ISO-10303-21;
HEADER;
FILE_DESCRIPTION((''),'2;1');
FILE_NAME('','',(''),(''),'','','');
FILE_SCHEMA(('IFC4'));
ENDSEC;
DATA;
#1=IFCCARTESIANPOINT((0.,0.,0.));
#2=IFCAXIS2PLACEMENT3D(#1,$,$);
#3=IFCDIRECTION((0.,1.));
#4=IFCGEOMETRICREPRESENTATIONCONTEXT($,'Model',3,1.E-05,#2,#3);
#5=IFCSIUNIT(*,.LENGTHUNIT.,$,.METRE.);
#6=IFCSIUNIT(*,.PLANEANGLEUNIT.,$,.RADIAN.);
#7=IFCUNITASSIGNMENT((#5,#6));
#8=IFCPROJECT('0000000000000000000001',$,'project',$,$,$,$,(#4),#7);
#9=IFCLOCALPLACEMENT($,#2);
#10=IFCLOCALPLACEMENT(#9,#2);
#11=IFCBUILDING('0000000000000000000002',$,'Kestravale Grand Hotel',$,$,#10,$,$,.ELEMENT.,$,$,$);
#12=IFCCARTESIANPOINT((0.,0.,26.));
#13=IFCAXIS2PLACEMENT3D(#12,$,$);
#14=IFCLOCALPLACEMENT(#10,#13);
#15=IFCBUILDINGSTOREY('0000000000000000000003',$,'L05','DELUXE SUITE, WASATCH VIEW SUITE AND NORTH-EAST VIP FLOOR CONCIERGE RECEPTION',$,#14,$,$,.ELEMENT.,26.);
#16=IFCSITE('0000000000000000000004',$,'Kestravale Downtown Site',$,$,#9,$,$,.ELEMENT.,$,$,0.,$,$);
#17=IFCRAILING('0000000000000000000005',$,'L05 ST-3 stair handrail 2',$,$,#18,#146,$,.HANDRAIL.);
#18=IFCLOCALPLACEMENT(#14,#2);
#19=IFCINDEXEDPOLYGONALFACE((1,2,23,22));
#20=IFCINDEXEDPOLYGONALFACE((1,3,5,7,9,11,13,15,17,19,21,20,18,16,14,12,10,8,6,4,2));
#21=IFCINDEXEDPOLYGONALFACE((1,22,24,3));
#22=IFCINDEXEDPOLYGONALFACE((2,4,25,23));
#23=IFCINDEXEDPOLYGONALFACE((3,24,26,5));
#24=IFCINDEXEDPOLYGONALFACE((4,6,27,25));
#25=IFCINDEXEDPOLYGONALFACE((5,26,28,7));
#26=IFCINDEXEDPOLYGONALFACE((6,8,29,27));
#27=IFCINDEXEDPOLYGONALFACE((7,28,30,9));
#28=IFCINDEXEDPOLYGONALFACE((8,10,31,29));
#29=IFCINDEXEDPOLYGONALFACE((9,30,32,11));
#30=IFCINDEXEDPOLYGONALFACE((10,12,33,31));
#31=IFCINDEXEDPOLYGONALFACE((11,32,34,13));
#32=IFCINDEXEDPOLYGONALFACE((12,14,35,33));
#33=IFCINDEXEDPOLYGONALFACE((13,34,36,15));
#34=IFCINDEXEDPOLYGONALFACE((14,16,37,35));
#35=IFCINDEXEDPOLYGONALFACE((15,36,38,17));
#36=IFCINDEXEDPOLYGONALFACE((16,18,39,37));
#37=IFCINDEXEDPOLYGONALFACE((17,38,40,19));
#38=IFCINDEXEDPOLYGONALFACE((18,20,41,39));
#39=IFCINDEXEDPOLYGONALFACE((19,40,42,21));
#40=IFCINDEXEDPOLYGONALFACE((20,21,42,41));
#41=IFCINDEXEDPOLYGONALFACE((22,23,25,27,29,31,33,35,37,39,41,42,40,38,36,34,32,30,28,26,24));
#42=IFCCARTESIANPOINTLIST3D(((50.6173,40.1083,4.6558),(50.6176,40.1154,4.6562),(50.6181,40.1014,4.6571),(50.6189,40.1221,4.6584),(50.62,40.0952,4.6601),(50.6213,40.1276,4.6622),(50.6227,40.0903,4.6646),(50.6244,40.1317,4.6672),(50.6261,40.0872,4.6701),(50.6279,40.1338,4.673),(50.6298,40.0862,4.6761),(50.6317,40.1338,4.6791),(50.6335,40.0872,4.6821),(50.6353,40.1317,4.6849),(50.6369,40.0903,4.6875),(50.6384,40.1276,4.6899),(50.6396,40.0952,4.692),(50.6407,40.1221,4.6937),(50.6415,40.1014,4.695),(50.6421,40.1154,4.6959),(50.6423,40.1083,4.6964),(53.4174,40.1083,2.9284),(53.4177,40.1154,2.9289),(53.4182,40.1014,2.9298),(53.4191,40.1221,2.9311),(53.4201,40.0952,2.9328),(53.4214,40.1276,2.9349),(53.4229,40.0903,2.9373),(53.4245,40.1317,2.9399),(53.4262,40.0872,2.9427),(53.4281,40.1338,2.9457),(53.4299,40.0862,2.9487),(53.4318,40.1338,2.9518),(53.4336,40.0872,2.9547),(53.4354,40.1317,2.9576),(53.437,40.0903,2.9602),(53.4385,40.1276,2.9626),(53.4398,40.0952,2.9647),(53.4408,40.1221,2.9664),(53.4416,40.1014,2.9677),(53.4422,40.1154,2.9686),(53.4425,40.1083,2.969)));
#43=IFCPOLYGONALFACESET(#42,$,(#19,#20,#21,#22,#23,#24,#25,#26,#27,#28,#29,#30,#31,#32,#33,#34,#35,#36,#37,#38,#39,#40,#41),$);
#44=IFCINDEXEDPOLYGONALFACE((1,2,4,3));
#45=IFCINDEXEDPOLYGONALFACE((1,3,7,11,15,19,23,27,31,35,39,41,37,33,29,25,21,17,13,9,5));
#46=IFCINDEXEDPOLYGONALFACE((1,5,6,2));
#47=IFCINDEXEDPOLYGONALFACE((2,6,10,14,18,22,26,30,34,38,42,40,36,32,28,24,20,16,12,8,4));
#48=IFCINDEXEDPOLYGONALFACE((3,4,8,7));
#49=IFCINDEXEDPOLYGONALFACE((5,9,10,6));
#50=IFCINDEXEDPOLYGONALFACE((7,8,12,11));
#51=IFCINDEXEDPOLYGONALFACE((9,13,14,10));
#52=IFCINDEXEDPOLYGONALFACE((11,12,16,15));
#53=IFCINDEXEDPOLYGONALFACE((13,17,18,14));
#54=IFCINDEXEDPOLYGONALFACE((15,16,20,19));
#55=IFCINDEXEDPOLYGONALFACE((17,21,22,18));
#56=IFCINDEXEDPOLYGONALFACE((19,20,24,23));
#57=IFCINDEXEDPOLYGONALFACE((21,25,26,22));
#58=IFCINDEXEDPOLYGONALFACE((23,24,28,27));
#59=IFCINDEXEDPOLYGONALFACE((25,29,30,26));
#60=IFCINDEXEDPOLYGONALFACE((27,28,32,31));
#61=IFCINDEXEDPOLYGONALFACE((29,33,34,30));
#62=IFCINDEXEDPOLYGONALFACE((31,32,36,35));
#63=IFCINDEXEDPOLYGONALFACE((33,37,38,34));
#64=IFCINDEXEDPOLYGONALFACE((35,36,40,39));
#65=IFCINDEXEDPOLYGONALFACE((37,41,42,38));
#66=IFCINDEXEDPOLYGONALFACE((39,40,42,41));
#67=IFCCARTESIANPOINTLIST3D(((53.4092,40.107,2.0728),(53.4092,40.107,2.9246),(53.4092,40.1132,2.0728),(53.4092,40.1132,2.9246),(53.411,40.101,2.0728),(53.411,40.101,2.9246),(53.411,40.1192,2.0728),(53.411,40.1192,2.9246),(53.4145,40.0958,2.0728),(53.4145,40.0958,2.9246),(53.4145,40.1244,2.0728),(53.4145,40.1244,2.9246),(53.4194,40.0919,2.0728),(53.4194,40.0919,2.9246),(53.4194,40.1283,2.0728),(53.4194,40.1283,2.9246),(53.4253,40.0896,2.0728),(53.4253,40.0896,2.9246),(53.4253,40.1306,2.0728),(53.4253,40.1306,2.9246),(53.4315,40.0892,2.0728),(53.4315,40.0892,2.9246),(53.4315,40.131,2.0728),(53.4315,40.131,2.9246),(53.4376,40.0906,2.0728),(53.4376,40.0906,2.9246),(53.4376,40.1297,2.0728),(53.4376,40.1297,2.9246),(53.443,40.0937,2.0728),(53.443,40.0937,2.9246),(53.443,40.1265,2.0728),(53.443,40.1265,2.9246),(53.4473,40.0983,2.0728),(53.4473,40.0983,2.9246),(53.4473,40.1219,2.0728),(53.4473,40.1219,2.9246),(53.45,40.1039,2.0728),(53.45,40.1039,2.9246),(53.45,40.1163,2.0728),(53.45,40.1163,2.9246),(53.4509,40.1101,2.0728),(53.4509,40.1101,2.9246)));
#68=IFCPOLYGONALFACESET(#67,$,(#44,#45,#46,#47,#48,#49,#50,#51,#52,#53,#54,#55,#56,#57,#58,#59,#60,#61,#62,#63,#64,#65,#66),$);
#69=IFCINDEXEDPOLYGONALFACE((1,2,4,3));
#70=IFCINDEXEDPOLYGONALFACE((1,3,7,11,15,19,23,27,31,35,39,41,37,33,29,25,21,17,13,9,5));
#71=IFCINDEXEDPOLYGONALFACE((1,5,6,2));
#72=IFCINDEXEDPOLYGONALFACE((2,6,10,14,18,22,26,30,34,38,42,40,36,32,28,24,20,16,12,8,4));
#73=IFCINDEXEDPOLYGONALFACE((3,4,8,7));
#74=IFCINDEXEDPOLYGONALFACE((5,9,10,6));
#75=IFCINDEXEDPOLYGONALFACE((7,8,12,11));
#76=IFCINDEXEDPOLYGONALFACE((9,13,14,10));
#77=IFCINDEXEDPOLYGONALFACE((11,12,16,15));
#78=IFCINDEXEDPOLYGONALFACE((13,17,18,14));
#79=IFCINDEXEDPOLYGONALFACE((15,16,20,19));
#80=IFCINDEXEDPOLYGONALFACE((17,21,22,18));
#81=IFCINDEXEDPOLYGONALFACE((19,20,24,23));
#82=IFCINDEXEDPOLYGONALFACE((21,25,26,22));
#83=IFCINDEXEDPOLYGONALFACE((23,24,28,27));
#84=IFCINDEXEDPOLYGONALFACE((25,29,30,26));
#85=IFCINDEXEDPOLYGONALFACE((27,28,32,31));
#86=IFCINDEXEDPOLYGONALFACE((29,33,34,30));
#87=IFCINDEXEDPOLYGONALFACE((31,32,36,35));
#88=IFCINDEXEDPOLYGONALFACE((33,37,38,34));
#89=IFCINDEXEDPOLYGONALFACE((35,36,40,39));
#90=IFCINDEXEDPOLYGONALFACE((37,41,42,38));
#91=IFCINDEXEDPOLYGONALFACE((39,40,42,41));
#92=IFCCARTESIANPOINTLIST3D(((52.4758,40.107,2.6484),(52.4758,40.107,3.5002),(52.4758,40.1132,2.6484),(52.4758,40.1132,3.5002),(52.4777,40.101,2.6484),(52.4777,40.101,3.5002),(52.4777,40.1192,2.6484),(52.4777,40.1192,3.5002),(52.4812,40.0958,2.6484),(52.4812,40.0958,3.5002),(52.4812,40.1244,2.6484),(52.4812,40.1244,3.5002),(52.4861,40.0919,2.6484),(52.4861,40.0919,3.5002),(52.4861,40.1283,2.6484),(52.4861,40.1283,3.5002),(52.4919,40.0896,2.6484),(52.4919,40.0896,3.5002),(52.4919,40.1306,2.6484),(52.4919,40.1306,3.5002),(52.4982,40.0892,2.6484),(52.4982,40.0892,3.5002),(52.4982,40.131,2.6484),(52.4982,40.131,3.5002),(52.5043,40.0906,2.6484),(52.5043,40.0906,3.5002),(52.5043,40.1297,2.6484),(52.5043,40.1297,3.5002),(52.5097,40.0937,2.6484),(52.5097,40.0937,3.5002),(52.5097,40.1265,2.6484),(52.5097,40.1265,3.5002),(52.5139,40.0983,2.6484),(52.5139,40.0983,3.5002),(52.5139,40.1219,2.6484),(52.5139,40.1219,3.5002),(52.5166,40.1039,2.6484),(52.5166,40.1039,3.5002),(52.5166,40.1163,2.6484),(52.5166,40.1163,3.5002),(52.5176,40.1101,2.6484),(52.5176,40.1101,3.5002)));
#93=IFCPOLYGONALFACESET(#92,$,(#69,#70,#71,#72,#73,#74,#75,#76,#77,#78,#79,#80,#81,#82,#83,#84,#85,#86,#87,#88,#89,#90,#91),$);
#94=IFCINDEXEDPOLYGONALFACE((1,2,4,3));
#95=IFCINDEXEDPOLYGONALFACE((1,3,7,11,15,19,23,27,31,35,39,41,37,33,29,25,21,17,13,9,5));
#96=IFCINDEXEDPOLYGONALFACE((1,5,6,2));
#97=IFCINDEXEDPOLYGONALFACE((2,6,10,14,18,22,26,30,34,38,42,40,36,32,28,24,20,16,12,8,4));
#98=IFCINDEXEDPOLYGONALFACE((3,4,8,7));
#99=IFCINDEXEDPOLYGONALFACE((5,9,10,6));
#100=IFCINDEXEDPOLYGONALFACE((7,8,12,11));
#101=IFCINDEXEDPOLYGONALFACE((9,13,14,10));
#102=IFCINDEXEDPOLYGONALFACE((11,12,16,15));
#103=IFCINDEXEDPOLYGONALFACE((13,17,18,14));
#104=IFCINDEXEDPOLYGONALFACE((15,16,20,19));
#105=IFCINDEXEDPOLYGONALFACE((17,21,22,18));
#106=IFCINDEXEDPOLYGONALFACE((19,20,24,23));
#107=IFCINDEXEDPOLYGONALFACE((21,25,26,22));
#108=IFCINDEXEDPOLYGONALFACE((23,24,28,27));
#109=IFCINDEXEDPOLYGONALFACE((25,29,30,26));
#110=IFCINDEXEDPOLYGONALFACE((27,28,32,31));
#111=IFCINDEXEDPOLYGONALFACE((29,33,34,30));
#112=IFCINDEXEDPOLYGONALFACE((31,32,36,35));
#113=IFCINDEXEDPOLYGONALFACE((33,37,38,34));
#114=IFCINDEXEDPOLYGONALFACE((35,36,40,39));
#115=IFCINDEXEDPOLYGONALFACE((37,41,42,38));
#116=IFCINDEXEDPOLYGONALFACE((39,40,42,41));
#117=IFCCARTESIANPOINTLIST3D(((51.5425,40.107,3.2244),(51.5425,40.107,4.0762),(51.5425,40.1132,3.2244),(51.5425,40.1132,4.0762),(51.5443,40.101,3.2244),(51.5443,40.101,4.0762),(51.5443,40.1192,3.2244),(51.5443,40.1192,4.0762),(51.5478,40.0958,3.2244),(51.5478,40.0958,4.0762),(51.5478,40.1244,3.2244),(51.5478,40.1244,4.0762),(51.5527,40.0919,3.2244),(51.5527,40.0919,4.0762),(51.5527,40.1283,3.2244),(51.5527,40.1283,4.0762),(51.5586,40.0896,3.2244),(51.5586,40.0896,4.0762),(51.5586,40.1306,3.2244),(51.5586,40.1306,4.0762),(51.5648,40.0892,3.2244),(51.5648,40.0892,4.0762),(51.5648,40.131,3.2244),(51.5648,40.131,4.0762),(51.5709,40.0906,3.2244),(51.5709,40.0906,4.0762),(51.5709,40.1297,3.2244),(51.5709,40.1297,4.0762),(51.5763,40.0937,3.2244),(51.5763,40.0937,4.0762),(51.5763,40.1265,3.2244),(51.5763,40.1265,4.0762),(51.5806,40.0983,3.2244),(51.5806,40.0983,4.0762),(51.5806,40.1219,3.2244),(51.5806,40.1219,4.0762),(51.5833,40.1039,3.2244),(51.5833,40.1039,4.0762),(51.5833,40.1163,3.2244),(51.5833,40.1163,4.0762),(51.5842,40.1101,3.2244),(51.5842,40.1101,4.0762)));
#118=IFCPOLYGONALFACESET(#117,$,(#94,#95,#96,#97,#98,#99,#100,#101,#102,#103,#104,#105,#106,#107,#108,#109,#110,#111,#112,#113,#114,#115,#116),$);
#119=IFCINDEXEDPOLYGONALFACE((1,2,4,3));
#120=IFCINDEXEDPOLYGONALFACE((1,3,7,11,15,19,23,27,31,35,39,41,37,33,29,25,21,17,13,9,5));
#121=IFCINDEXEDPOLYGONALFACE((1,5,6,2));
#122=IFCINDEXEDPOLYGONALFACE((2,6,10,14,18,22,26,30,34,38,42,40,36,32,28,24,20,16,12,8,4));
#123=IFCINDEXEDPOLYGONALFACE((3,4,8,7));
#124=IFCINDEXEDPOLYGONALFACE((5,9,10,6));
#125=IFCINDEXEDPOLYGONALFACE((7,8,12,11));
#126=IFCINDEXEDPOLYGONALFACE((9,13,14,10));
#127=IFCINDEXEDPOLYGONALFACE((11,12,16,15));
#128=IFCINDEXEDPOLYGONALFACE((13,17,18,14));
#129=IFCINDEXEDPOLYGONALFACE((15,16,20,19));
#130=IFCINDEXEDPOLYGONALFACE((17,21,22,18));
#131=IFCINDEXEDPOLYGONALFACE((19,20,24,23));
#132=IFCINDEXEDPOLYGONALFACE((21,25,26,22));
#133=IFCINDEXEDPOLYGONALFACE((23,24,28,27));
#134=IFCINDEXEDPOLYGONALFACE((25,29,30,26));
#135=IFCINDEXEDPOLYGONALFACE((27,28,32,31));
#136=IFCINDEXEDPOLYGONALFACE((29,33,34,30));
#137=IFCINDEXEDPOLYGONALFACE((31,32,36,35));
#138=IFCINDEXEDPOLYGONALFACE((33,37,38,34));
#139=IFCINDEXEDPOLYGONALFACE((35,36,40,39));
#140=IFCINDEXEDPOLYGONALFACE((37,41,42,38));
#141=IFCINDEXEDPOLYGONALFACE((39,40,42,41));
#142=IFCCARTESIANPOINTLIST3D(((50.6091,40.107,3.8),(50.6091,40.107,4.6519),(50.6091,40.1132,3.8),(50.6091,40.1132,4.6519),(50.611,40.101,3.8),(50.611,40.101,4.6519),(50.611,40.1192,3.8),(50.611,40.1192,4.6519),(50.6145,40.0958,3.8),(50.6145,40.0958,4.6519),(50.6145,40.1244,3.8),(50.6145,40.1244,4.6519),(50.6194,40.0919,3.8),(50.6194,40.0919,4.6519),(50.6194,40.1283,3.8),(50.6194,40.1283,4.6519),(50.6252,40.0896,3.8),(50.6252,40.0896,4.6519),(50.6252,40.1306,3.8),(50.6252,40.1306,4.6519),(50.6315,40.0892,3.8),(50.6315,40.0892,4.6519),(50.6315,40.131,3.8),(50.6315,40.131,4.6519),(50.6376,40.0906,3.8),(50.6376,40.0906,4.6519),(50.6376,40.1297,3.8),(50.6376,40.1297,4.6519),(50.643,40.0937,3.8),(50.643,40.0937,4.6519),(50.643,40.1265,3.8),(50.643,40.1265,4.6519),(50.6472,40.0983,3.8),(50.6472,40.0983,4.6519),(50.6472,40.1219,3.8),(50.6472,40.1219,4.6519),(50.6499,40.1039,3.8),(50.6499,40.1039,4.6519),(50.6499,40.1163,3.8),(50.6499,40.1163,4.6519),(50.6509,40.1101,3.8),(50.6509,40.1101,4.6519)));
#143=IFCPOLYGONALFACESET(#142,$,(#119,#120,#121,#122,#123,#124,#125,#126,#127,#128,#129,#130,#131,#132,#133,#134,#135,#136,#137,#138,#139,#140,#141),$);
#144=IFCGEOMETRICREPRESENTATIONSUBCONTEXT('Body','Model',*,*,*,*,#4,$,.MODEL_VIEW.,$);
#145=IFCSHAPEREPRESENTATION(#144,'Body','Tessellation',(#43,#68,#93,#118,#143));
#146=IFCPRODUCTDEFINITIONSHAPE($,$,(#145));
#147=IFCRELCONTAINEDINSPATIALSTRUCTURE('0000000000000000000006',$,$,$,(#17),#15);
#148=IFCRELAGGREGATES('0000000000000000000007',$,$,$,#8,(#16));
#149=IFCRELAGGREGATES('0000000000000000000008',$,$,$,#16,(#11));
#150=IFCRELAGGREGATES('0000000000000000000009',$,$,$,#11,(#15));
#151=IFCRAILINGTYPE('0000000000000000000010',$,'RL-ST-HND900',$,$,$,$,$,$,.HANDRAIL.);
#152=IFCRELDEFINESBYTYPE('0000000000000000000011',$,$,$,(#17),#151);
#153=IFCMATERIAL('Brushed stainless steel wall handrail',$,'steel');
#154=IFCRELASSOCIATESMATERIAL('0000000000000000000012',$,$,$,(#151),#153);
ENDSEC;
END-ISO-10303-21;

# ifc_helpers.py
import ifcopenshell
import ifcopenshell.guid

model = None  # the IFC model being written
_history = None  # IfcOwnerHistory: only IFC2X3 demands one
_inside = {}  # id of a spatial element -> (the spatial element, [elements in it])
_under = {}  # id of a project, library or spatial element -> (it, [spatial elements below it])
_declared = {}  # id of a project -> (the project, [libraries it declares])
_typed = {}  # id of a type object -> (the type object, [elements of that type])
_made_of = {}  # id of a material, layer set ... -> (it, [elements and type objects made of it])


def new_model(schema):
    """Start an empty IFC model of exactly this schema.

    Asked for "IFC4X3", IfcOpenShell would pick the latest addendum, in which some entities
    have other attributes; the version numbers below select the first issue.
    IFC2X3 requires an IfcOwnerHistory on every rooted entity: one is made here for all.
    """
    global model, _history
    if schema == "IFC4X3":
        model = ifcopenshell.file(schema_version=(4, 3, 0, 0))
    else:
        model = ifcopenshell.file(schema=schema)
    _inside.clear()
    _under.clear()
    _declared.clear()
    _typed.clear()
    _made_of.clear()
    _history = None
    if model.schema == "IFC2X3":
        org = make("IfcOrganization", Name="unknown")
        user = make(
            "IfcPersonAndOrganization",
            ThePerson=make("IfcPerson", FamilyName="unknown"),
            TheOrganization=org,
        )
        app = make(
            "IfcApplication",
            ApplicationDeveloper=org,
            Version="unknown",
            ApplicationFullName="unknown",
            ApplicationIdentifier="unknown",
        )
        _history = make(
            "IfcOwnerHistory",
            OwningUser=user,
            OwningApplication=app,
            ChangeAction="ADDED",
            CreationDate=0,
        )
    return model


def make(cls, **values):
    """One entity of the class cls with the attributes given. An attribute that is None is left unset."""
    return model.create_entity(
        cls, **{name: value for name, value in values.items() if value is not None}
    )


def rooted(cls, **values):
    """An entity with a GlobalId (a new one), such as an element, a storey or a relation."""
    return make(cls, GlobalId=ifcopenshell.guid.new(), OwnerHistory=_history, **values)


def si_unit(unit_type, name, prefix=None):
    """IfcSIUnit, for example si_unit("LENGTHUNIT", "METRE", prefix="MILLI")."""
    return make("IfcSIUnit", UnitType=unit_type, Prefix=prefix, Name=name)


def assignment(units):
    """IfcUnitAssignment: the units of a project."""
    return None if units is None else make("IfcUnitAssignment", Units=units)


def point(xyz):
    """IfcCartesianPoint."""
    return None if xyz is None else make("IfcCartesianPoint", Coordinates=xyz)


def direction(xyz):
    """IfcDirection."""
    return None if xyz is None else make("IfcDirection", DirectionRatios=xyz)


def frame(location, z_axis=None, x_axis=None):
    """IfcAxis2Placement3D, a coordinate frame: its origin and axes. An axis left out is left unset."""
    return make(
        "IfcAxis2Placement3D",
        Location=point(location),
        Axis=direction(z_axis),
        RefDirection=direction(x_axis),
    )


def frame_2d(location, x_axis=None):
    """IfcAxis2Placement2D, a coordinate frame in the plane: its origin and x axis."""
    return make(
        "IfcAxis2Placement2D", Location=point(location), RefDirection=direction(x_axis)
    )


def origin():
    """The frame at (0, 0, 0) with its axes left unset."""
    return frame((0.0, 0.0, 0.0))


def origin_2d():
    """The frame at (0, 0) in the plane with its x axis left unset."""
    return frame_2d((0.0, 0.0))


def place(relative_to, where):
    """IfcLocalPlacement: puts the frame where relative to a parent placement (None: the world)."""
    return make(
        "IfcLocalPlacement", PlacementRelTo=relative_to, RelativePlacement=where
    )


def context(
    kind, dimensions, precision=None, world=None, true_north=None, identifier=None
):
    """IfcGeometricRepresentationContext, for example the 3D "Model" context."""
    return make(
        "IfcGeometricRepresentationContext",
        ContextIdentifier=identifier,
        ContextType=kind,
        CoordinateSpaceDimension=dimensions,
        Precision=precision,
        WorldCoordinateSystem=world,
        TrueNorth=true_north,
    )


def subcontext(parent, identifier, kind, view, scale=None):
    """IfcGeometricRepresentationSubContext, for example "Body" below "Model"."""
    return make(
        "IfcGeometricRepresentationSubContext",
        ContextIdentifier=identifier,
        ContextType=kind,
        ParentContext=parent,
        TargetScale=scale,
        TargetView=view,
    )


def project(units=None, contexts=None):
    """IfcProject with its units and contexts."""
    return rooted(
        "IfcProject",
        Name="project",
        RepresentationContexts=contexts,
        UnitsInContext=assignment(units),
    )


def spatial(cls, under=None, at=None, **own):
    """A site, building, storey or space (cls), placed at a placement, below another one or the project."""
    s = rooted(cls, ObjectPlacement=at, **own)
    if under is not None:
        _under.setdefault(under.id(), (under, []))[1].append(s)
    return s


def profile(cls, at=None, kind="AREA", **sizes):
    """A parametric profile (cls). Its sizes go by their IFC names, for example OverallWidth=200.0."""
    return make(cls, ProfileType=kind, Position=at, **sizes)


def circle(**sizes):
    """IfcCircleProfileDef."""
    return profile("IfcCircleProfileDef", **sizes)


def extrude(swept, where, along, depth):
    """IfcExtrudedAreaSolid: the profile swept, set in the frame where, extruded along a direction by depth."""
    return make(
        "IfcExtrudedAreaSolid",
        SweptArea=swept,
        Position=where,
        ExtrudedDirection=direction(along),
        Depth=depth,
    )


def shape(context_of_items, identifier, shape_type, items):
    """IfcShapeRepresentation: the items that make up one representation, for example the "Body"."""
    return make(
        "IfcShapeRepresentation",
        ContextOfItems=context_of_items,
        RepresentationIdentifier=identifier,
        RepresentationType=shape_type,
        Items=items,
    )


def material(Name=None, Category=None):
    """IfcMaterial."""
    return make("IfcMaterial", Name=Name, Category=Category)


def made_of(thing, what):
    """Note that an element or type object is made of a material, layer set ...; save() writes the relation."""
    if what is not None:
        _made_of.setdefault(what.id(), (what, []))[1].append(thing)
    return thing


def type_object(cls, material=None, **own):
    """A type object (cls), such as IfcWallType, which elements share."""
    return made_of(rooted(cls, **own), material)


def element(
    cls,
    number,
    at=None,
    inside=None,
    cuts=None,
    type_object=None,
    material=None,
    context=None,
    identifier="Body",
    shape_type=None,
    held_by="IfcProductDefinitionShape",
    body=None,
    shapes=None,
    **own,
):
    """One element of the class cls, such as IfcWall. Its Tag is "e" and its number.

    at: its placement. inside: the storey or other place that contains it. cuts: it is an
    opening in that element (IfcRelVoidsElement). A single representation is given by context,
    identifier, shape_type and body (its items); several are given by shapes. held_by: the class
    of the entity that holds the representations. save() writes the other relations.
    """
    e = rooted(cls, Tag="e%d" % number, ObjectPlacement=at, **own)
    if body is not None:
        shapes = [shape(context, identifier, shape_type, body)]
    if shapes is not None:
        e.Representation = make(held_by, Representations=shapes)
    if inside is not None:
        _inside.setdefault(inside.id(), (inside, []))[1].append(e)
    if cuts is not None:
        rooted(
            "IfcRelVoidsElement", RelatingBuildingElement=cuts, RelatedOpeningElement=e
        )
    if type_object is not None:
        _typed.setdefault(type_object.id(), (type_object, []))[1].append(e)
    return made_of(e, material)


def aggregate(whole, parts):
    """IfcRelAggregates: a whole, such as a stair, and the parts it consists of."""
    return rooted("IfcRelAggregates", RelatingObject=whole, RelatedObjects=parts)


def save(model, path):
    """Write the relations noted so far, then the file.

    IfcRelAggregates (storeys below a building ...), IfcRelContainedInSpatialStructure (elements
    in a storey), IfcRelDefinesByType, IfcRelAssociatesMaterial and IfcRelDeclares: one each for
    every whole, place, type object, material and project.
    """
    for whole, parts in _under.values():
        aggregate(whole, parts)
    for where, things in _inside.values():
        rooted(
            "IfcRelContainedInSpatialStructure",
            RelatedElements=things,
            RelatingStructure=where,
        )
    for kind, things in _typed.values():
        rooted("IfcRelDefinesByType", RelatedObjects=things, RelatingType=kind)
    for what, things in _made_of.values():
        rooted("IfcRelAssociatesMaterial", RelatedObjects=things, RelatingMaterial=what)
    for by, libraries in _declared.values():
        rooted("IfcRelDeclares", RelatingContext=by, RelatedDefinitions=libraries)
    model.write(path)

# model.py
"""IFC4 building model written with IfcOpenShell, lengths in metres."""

from ifc_helpers import new_model, si_unit, direction, frame, origin, origin_2d, place, context, subcontext, project, spatial, circle, extrude, material, type_object, element, save


model = new_model("IFC4")

# Units and contexts
model_context = context("Model", 3, precision=1e-05, world=origin(), true_north=direction((0.0, 1.0)))
body_context = subcontext(model_context, "Body", "Model", "MODEL_VIEW")
ifc_project = project(units=[si_unit("LENGTHUNIT", "METRE"), si_unit("PLANEANGLEUNIT", "RADIAN")], contexts=[model_context])

# Site, building, storey
site_placement = place(None, origin())
site = spatial("IfcSite", under=ifc_project, at=site_placement, Name="Kestravale Downtown Site", CompositionType="ELEMENT", RefElevation=0.0)
building_placement = place(site_placement, origin())
building = spatial("IfcBuilding", under=site, at=building_placement, Name="Kestravale Grand Hotel", CompositionType="ELEMENT")
storey_placement = place(building_placement, frame((0.0, 0.0, 26.0)))
storey = spatial("IfcBuildingStorey", under=building, at=storey_placement, Name="L05", Description="DELUXE SUITE, WASATCH VIEW SUITE AND NORTH-EAST VIP FLOOR CONCIERGE RECEPTION", CompositionType="ELEMENT", Elevation=26.0)

# Railing
ifc_material_1 = material(Name="Brushed stainless steel wall handrail", Category="steel")
railing_type_1 = type_object("IfcRailingType", Name="RL-ST-HND900", PredefinedType="HANDRAIL", material=ifc_material_1)
railing_1_placement = place(storey_placement, frame((53.4299, 40.1101, 2.0728)))
element("IfcRailing", 1, at=railing_1_placement, inside=storey, type_object=railing_type_1, Name="L05 ST-3 stair handrail 2", PredefinedType="HANDRAIL", context=body_context, shape_type="SweptSolid", body=[
    extrude(circle(Radius=0.0239, at=origin_2d()), frame((0.0, 0.0, 0.876), z_axis=(-0.85109, 0.0, 0.52502), x_axis=(0.0, -1.0, 0.0)), (0.0, 0.0, 1.0), 3.29),
    extrude(circle(Radius=0.021, at=origin_2d()), origin(), (0.0, 0.0, 1.0), 0.8518),
    extrude(circle(Radius=0.021, at=origin_2d()), frame((-0.9333, 0.0, 0.5757)), (0.0, 0.0, 1.0), 0.8518),
    extrude(circle(Radius=0.021, at=origin_2d()), frame((-1.8667, 0.0, 1.1516)), (0.0, 0.0, 1.0), 0.8518),
    extrude(circle(Radius=0.021, at=origin_2d()), frame((-2.8, 0.0, 1.7273)), (0.0, 0.0, 1.0), 0.8518),
])

save(model, "model.ifc")
